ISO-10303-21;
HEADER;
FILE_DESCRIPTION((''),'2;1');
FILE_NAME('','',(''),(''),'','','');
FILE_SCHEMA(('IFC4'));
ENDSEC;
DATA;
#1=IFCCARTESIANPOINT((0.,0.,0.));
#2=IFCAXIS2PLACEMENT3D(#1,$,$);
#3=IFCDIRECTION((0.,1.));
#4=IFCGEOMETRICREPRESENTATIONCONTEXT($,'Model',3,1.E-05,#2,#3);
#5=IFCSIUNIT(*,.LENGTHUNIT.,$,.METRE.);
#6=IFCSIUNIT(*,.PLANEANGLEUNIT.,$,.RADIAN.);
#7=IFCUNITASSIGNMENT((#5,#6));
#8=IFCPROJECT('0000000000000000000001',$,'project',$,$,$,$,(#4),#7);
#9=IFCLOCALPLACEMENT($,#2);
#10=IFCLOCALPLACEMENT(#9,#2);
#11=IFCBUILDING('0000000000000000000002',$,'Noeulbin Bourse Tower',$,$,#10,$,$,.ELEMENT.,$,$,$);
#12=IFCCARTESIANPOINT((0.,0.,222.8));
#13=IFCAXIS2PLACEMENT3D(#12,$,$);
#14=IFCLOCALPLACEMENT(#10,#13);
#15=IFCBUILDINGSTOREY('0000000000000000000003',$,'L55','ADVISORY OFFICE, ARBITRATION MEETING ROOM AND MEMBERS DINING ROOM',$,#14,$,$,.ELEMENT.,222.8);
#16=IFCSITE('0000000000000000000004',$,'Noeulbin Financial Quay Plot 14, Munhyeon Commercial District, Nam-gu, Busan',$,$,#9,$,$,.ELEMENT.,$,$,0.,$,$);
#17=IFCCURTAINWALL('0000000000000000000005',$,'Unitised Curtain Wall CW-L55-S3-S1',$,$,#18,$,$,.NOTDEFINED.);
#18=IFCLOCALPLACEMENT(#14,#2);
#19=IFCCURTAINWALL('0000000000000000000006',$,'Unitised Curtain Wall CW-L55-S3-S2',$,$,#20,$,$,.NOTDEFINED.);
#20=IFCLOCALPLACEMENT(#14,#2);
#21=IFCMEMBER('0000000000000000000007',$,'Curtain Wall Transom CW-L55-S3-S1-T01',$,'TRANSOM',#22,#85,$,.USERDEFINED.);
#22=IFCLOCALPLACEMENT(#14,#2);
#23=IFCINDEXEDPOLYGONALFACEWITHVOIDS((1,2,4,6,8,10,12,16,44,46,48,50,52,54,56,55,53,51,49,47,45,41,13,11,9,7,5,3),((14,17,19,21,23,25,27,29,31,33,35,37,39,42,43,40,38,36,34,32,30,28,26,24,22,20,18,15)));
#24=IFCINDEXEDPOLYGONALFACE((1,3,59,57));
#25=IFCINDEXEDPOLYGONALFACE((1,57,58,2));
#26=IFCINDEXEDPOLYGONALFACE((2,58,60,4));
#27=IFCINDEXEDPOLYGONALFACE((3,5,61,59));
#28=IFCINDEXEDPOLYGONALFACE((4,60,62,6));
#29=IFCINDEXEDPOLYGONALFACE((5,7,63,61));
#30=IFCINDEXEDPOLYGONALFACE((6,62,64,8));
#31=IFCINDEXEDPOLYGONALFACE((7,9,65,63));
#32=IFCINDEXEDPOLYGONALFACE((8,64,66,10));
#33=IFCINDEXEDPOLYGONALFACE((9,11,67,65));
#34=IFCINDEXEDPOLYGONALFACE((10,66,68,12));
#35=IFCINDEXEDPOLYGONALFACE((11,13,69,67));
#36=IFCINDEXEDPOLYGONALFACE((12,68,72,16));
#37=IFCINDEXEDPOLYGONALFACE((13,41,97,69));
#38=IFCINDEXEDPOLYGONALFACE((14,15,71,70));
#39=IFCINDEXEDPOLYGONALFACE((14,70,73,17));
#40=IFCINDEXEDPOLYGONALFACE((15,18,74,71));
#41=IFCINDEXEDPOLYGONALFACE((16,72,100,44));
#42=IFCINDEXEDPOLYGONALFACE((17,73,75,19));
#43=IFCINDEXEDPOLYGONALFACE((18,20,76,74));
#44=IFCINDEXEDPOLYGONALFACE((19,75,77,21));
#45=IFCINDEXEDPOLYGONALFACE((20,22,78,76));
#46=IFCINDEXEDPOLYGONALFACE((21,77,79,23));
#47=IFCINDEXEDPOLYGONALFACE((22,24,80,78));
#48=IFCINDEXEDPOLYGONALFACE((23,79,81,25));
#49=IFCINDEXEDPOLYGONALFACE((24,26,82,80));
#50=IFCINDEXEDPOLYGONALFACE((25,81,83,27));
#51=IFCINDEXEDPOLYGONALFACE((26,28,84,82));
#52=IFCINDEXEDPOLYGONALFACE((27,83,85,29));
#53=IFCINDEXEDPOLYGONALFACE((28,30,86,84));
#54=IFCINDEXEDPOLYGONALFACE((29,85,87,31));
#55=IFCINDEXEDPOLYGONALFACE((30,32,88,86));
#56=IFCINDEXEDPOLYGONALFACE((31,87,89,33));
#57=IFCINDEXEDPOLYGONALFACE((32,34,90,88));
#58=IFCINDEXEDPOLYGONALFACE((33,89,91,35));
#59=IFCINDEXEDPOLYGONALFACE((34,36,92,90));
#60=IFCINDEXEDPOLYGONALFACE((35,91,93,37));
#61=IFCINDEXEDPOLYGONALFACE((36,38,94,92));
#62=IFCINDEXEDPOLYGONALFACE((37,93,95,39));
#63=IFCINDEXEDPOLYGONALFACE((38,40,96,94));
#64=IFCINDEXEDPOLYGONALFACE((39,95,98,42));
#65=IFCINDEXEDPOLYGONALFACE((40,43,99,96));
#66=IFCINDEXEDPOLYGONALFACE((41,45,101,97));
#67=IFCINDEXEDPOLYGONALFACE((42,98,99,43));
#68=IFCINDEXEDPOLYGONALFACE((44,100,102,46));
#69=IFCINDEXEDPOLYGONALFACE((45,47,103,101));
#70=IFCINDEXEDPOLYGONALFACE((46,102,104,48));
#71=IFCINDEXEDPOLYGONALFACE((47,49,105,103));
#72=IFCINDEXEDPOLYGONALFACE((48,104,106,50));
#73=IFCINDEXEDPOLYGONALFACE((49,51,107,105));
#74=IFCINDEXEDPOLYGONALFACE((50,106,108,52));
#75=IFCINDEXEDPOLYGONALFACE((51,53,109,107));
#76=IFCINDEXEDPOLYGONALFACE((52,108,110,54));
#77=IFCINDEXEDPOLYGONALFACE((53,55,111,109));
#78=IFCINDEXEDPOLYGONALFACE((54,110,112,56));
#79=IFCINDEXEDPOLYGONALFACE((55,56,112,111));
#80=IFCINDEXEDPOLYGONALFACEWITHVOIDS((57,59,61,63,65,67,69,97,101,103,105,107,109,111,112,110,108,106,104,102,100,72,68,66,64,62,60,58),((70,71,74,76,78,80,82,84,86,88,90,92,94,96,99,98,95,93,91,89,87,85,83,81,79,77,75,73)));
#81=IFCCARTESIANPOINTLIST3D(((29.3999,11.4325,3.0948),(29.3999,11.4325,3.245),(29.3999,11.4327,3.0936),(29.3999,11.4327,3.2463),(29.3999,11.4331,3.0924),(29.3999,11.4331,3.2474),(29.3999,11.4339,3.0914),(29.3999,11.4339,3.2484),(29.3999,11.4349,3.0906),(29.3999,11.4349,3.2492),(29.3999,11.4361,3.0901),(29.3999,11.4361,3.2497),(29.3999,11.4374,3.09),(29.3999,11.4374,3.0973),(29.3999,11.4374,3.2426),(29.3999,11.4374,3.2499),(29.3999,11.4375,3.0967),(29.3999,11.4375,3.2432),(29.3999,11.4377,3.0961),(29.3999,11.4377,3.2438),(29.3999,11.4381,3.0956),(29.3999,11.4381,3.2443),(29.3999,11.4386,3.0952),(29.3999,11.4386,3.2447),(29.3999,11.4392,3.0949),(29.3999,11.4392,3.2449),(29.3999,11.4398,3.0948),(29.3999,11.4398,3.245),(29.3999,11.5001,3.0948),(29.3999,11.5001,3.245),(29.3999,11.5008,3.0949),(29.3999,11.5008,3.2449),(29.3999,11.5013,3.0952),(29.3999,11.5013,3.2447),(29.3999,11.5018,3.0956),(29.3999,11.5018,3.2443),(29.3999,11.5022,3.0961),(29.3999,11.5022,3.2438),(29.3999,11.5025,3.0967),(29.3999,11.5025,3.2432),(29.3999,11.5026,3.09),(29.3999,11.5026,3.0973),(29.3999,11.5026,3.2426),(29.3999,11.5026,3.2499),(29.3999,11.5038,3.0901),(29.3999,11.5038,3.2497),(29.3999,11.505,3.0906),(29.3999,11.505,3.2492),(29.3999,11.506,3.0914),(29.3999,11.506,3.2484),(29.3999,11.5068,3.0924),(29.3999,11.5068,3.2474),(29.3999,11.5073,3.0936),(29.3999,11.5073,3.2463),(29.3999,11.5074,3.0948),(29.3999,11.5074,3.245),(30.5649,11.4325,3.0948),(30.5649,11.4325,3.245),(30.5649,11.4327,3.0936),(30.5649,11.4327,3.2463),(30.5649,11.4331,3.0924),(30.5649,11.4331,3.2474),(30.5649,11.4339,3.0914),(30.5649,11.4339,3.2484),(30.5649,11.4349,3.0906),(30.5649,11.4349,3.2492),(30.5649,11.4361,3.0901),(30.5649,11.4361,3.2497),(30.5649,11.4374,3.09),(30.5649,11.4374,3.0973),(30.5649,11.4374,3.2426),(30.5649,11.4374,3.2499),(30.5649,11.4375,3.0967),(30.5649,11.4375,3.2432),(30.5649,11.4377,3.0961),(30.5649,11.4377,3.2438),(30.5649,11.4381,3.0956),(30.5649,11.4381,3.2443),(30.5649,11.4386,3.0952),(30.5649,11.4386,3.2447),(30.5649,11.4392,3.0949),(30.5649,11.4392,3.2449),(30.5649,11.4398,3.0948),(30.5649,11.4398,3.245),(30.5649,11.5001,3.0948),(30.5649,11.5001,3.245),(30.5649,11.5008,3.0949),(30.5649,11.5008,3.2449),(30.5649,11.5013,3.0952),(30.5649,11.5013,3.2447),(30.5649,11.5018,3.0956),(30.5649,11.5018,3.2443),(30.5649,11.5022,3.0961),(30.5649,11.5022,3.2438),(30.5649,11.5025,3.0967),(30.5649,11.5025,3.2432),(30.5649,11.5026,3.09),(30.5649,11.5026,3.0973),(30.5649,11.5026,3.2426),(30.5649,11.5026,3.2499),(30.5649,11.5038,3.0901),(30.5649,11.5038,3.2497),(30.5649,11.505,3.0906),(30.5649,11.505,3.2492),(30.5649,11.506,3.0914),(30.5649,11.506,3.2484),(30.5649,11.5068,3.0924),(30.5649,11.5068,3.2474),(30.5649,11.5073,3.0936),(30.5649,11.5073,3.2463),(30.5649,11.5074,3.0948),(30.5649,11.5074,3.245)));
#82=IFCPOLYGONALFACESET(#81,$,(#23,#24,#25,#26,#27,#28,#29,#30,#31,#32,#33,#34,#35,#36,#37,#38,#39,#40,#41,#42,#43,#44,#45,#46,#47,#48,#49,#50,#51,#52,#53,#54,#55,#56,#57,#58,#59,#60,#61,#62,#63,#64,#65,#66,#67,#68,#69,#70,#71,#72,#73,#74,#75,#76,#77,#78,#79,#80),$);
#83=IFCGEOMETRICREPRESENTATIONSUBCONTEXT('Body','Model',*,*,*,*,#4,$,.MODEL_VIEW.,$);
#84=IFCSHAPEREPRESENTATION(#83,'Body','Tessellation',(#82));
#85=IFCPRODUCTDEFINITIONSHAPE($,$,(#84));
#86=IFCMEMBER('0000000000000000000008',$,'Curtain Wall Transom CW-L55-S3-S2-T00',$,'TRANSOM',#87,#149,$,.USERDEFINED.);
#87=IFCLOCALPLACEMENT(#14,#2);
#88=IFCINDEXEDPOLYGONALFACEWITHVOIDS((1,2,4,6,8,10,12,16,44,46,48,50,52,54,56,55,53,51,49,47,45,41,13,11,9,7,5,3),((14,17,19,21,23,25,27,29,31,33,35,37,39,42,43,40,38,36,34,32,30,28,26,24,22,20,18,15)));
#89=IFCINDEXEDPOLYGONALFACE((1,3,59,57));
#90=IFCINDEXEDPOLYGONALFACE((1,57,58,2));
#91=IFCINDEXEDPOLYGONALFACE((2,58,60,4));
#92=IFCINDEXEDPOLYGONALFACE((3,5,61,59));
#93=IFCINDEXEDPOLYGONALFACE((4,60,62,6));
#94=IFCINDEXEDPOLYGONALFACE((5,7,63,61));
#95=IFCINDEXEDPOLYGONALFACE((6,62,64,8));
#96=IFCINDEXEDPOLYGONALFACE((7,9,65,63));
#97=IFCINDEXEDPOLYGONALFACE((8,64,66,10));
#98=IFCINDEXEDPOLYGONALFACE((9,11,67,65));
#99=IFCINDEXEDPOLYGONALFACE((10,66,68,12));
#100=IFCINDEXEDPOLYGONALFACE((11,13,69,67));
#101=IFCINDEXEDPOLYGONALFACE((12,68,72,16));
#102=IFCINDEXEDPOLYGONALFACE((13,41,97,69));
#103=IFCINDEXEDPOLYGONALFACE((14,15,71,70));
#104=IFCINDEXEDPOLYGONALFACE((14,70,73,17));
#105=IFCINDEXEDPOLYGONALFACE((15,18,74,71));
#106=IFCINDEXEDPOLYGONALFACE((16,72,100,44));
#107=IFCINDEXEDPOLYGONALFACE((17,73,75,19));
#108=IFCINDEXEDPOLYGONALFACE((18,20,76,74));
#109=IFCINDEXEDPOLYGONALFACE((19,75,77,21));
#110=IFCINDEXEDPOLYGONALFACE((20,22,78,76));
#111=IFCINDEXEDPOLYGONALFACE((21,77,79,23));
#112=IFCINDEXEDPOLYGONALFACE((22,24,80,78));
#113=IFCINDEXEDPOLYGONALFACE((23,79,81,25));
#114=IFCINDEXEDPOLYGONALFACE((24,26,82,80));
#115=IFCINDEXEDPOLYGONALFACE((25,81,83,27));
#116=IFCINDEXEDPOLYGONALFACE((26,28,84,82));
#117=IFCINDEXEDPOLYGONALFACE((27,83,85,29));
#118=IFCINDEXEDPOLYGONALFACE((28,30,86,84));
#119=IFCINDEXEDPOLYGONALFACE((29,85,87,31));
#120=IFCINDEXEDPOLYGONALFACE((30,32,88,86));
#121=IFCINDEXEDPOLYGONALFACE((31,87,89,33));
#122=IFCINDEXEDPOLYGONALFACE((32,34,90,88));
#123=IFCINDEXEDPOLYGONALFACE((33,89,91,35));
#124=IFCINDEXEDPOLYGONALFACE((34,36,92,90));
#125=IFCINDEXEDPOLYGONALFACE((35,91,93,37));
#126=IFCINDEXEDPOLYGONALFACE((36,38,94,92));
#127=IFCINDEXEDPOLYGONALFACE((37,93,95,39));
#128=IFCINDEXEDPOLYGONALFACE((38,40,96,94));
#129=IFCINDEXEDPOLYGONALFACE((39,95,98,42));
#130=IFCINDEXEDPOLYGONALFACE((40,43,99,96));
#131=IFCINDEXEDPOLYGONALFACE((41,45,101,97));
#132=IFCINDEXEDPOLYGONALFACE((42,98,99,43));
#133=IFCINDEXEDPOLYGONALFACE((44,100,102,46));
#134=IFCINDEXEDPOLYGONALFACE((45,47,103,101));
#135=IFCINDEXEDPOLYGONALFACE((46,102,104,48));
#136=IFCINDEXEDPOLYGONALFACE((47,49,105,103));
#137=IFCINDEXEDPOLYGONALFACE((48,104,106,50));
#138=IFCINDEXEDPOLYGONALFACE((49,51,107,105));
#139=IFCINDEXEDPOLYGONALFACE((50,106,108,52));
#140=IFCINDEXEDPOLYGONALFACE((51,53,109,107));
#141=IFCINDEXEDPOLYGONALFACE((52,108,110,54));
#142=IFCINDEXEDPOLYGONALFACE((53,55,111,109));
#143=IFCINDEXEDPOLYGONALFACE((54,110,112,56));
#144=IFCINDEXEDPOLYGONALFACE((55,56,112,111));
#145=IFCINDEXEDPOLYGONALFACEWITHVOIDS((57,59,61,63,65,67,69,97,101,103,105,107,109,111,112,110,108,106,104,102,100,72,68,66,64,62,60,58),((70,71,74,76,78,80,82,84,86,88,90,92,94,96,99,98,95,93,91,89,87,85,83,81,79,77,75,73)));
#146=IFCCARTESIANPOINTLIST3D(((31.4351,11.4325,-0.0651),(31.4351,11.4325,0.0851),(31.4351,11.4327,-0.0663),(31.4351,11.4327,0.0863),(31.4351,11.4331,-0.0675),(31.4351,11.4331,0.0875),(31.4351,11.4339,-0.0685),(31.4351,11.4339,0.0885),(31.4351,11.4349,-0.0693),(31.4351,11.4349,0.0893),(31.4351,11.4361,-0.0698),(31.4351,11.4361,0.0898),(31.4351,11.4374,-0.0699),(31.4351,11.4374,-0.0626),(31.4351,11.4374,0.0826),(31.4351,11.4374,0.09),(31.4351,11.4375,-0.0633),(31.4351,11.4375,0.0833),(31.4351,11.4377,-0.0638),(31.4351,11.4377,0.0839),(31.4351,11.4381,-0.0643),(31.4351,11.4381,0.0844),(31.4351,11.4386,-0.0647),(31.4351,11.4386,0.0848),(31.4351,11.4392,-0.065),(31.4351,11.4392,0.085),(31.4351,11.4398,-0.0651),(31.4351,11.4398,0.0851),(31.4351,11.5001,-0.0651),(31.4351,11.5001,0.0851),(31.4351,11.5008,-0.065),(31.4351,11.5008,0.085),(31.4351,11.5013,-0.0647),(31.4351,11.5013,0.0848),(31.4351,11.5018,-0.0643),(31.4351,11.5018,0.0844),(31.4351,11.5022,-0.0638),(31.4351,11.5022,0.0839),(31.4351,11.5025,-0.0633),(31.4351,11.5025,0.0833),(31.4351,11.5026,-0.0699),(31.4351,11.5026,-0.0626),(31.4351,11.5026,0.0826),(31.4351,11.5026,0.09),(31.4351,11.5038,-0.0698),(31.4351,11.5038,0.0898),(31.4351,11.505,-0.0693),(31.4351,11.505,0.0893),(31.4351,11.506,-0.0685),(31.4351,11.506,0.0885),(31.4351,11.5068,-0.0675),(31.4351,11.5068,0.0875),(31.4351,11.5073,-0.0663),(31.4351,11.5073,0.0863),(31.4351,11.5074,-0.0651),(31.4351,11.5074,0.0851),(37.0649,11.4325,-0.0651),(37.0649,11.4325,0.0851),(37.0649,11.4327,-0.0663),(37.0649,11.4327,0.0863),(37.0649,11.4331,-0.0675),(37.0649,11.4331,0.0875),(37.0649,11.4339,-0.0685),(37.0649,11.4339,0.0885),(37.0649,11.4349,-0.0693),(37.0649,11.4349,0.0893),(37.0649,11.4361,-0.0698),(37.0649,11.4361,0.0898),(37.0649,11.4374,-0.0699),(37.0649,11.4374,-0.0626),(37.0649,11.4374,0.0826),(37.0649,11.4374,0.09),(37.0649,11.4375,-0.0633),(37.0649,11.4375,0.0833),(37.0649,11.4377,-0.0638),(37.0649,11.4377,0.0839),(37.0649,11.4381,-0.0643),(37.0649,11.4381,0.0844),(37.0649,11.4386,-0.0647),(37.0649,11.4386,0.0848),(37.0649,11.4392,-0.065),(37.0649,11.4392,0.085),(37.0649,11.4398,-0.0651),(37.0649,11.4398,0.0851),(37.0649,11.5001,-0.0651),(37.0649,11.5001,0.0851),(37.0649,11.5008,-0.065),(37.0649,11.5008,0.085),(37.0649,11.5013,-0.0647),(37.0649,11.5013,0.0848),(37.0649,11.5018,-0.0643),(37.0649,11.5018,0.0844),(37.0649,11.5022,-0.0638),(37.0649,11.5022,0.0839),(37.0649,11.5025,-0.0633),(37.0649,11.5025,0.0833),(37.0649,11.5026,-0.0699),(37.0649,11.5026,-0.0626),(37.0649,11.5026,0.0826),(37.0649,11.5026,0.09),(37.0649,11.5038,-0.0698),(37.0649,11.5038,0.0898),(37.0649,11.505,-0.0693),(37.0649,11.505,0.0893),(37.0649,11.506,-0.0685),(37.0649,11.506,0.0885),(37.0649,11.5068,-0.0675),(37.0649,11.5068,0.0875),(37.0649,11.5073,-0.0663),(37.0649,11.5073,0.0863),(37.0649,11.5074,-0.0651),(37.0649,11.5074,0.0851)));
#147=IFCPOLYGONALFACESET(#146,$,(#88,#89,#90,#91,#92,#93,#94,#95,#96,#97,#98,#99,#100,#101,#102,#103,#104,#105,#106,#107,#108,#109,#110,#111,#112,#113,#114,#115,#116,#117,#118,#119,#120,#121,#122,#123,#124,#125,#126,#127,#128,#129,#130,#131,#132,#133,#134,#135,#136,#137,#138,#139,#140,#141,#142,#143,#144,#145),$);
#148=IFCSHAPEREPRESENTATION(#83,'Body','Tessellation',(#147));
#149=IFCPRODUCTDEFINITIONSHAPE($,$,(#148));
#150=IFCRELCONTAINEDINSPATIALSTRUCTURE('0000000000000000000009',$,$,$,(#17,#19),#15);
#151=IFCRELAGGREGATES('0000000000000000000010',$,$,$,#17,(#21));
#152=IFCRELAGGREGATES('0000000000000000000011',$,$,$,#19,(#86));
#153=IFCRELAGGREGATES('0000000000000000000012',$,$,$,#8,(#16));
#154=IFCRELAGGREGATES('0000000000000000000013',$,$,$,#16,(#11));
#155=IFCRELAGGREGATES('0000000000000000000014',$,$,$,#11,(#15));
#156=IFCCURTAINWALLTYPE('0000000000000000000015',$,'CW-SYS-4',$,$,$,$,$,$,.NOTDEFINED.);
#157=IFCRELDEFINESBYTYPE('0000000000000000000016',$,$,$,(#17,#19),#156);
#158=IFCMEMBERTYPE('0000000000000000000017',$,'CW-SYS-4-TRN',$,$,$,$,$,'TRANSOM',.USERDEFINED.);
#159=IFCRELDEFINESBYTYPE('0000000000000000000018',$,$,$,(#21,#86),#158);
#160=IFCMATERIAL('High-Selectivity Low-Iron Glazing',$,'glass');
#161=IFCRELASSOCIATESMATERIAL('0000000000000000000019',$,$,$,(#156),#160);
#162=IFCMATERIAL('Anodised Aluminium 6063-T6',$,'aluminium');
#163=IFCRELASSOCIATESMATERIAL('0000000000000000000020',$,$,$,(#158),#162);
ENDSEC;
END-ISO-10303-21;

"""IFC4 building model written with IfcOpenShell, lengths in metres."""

from ifc_helpers import new_model, si_unit, direction, frame, origin, origin_2d, place, context, subcontext, project, spatial, hollow_rectangle, extrude, material, material_profile, profile_set, type_object, element, aggregate, save


model = new_model("IFC4")

# Units and contexts
model_context = context("Model", 3, precision=1e-05, world=origin(), true_north=direction((0.0, 1.0)))
body_context = subcontext(model_context, "Body", "Model", "MODEL_VIEW")
ifc_project = project(units=[si_unit("LENGTHUNIT", "METRE"), si_unit("PLANEANGLEUNIT", "RADIAN")], contexts=[model_context])

# Site, building, storey
site_placement = place(None, origin())
site = spatial("IfcSite", under=ifc_project, at=site_placement, Name="Noeulbin Financial Quay Plot 14, Munhyeon Commercial District, Nam-gu, Busan", CompositionType="ELEMENT", RefElevation=0.0)
building_placement = place(site_placement, origin())
building = spatial("IfcBuilding", under=site, at=building_placement, Name="Noeulbin Bourse Tower", CompositionType="ELEMENT")
storey_placement = place(building_placement, frame((0.0, 0.0, 222.8)))
storey = spatial("IfcBuildingStorey", under=building, at=storey_placement, Name="L55", Description="ADVISORY OFFICE, ARBITRATION MEETING ROOM AND MEMBERS DINING ROOM", CompositionType="ELEMENT", Elevation=222.8)

# Curtain wall
ifc_material_1 = material(Name="High-Selectivity Low-Iron Glazing", Category="glass")
curtain_wall_type = type_object("IfcCurtainWallType", Name="CW-SYS-4", PredefinedType="NOTDEFINED", material=ifc_material_1)
curtain_wall_1_placement = place(storey_placement, origin())
curtain_wall_1 = element("IfcCurtainWall", 1, at=curtain_wall_1_placement, inside=storey, type_object=curtain_wall_type, Name="Unitised Curtain Wall CW-L55-S3-S1", PredefinedType="NOTDEFINED")
ifc_material_2 = material(Name="Anodised Aluminium 6063-T6", Category="aluminium")

# Curtain wall
curtain_wall_2_placement = place(storey_placement, origin())
curtain_wall_2 = element("IfcCurtainWall", 2, at=curtain_wall_2_placement, inside=storey, type_object=curtain_wall_type, Name="Unitised Curtain Wall CW-L55-S3-S2", PredefinedType="NOTDEFINED")

# Members
ifc_material_profile_1 = material_profile(ifc_material_2, hollow_rectangle(XDim=0.075, YDim=0.1599, WallThickness=0.0049, InnerFilletRadius=0.0024, OuterFilletRadius=0.0049, at=origin_2d()), Name="ALU-TRAN-75x160x5", Category="LoadBearing")
ifc_profile_set_1 = profile_set([ifc_material_profile_1], Name="Anodised Aluminium 6063-T6")
member_type_1 = type_object("IfcMemberType", Name="CW-SYS-4-TRN", ElementType="TRANSOM", PredefinedType="USERDEFINED", material=ifc_profile_set_1)
member_1_placement = place(storey_placement, frame((29.3999, 11.47, 3.1699), z_axis=(1.0, 0.0, 0.0), x_axis=(0.0, 1.0, 0.0)))
member_1 = element("IfcMember", 3, at=member_1_placement, type_object=member_type_1, Name="Curtain Wall Transom CW-L55-S3-S1-T01", ObjectType="TRANSOM", PredefinedType="USERDEFINED", context=body_context, shape_type="SweptSolid", body=[
    extrude(hollow_rectangle(XDim=0.075, YDim=0.1599, WallThickness=0.0049, InnerFilletRadius=0.0024, OuterFilletRadius=0.0049, at=origin_2d()), origin(), (0.0, 0.0, 1.0), 1.165),
])
member_2_placement = place(storey_placement, frame((31.4351, 11.47, 0.01), z_axis=(1.0, 0.0, 0.0), x_axis=(0.0, 1.0, 0.0)))
member_2 = element("IfcMember", 4, at=member_2_placement, type_object=member_type_1, Name="Curtain Wall Transom CW-L55-S3-S2-T00", ObjectType="TRANSOM", PredefinedType="USERDEFINED", context=body_context, shape_type="SweptSolid", body=[
    extrude(hollow_rectangle(XDim=0.075, YDim=0.1599, WallThickness=0.0049, InnerFilletRadius=0.0024, OuterFilletRadius=0.0049, at=origin_2d()), origin(), (0.0, 0.0, 1.0), 5.6299),
])

aggregate(curtain_wall_1, [member_1])
aggregate(curtain_wall_2, [member_2])

save(model, "model.ifc")
